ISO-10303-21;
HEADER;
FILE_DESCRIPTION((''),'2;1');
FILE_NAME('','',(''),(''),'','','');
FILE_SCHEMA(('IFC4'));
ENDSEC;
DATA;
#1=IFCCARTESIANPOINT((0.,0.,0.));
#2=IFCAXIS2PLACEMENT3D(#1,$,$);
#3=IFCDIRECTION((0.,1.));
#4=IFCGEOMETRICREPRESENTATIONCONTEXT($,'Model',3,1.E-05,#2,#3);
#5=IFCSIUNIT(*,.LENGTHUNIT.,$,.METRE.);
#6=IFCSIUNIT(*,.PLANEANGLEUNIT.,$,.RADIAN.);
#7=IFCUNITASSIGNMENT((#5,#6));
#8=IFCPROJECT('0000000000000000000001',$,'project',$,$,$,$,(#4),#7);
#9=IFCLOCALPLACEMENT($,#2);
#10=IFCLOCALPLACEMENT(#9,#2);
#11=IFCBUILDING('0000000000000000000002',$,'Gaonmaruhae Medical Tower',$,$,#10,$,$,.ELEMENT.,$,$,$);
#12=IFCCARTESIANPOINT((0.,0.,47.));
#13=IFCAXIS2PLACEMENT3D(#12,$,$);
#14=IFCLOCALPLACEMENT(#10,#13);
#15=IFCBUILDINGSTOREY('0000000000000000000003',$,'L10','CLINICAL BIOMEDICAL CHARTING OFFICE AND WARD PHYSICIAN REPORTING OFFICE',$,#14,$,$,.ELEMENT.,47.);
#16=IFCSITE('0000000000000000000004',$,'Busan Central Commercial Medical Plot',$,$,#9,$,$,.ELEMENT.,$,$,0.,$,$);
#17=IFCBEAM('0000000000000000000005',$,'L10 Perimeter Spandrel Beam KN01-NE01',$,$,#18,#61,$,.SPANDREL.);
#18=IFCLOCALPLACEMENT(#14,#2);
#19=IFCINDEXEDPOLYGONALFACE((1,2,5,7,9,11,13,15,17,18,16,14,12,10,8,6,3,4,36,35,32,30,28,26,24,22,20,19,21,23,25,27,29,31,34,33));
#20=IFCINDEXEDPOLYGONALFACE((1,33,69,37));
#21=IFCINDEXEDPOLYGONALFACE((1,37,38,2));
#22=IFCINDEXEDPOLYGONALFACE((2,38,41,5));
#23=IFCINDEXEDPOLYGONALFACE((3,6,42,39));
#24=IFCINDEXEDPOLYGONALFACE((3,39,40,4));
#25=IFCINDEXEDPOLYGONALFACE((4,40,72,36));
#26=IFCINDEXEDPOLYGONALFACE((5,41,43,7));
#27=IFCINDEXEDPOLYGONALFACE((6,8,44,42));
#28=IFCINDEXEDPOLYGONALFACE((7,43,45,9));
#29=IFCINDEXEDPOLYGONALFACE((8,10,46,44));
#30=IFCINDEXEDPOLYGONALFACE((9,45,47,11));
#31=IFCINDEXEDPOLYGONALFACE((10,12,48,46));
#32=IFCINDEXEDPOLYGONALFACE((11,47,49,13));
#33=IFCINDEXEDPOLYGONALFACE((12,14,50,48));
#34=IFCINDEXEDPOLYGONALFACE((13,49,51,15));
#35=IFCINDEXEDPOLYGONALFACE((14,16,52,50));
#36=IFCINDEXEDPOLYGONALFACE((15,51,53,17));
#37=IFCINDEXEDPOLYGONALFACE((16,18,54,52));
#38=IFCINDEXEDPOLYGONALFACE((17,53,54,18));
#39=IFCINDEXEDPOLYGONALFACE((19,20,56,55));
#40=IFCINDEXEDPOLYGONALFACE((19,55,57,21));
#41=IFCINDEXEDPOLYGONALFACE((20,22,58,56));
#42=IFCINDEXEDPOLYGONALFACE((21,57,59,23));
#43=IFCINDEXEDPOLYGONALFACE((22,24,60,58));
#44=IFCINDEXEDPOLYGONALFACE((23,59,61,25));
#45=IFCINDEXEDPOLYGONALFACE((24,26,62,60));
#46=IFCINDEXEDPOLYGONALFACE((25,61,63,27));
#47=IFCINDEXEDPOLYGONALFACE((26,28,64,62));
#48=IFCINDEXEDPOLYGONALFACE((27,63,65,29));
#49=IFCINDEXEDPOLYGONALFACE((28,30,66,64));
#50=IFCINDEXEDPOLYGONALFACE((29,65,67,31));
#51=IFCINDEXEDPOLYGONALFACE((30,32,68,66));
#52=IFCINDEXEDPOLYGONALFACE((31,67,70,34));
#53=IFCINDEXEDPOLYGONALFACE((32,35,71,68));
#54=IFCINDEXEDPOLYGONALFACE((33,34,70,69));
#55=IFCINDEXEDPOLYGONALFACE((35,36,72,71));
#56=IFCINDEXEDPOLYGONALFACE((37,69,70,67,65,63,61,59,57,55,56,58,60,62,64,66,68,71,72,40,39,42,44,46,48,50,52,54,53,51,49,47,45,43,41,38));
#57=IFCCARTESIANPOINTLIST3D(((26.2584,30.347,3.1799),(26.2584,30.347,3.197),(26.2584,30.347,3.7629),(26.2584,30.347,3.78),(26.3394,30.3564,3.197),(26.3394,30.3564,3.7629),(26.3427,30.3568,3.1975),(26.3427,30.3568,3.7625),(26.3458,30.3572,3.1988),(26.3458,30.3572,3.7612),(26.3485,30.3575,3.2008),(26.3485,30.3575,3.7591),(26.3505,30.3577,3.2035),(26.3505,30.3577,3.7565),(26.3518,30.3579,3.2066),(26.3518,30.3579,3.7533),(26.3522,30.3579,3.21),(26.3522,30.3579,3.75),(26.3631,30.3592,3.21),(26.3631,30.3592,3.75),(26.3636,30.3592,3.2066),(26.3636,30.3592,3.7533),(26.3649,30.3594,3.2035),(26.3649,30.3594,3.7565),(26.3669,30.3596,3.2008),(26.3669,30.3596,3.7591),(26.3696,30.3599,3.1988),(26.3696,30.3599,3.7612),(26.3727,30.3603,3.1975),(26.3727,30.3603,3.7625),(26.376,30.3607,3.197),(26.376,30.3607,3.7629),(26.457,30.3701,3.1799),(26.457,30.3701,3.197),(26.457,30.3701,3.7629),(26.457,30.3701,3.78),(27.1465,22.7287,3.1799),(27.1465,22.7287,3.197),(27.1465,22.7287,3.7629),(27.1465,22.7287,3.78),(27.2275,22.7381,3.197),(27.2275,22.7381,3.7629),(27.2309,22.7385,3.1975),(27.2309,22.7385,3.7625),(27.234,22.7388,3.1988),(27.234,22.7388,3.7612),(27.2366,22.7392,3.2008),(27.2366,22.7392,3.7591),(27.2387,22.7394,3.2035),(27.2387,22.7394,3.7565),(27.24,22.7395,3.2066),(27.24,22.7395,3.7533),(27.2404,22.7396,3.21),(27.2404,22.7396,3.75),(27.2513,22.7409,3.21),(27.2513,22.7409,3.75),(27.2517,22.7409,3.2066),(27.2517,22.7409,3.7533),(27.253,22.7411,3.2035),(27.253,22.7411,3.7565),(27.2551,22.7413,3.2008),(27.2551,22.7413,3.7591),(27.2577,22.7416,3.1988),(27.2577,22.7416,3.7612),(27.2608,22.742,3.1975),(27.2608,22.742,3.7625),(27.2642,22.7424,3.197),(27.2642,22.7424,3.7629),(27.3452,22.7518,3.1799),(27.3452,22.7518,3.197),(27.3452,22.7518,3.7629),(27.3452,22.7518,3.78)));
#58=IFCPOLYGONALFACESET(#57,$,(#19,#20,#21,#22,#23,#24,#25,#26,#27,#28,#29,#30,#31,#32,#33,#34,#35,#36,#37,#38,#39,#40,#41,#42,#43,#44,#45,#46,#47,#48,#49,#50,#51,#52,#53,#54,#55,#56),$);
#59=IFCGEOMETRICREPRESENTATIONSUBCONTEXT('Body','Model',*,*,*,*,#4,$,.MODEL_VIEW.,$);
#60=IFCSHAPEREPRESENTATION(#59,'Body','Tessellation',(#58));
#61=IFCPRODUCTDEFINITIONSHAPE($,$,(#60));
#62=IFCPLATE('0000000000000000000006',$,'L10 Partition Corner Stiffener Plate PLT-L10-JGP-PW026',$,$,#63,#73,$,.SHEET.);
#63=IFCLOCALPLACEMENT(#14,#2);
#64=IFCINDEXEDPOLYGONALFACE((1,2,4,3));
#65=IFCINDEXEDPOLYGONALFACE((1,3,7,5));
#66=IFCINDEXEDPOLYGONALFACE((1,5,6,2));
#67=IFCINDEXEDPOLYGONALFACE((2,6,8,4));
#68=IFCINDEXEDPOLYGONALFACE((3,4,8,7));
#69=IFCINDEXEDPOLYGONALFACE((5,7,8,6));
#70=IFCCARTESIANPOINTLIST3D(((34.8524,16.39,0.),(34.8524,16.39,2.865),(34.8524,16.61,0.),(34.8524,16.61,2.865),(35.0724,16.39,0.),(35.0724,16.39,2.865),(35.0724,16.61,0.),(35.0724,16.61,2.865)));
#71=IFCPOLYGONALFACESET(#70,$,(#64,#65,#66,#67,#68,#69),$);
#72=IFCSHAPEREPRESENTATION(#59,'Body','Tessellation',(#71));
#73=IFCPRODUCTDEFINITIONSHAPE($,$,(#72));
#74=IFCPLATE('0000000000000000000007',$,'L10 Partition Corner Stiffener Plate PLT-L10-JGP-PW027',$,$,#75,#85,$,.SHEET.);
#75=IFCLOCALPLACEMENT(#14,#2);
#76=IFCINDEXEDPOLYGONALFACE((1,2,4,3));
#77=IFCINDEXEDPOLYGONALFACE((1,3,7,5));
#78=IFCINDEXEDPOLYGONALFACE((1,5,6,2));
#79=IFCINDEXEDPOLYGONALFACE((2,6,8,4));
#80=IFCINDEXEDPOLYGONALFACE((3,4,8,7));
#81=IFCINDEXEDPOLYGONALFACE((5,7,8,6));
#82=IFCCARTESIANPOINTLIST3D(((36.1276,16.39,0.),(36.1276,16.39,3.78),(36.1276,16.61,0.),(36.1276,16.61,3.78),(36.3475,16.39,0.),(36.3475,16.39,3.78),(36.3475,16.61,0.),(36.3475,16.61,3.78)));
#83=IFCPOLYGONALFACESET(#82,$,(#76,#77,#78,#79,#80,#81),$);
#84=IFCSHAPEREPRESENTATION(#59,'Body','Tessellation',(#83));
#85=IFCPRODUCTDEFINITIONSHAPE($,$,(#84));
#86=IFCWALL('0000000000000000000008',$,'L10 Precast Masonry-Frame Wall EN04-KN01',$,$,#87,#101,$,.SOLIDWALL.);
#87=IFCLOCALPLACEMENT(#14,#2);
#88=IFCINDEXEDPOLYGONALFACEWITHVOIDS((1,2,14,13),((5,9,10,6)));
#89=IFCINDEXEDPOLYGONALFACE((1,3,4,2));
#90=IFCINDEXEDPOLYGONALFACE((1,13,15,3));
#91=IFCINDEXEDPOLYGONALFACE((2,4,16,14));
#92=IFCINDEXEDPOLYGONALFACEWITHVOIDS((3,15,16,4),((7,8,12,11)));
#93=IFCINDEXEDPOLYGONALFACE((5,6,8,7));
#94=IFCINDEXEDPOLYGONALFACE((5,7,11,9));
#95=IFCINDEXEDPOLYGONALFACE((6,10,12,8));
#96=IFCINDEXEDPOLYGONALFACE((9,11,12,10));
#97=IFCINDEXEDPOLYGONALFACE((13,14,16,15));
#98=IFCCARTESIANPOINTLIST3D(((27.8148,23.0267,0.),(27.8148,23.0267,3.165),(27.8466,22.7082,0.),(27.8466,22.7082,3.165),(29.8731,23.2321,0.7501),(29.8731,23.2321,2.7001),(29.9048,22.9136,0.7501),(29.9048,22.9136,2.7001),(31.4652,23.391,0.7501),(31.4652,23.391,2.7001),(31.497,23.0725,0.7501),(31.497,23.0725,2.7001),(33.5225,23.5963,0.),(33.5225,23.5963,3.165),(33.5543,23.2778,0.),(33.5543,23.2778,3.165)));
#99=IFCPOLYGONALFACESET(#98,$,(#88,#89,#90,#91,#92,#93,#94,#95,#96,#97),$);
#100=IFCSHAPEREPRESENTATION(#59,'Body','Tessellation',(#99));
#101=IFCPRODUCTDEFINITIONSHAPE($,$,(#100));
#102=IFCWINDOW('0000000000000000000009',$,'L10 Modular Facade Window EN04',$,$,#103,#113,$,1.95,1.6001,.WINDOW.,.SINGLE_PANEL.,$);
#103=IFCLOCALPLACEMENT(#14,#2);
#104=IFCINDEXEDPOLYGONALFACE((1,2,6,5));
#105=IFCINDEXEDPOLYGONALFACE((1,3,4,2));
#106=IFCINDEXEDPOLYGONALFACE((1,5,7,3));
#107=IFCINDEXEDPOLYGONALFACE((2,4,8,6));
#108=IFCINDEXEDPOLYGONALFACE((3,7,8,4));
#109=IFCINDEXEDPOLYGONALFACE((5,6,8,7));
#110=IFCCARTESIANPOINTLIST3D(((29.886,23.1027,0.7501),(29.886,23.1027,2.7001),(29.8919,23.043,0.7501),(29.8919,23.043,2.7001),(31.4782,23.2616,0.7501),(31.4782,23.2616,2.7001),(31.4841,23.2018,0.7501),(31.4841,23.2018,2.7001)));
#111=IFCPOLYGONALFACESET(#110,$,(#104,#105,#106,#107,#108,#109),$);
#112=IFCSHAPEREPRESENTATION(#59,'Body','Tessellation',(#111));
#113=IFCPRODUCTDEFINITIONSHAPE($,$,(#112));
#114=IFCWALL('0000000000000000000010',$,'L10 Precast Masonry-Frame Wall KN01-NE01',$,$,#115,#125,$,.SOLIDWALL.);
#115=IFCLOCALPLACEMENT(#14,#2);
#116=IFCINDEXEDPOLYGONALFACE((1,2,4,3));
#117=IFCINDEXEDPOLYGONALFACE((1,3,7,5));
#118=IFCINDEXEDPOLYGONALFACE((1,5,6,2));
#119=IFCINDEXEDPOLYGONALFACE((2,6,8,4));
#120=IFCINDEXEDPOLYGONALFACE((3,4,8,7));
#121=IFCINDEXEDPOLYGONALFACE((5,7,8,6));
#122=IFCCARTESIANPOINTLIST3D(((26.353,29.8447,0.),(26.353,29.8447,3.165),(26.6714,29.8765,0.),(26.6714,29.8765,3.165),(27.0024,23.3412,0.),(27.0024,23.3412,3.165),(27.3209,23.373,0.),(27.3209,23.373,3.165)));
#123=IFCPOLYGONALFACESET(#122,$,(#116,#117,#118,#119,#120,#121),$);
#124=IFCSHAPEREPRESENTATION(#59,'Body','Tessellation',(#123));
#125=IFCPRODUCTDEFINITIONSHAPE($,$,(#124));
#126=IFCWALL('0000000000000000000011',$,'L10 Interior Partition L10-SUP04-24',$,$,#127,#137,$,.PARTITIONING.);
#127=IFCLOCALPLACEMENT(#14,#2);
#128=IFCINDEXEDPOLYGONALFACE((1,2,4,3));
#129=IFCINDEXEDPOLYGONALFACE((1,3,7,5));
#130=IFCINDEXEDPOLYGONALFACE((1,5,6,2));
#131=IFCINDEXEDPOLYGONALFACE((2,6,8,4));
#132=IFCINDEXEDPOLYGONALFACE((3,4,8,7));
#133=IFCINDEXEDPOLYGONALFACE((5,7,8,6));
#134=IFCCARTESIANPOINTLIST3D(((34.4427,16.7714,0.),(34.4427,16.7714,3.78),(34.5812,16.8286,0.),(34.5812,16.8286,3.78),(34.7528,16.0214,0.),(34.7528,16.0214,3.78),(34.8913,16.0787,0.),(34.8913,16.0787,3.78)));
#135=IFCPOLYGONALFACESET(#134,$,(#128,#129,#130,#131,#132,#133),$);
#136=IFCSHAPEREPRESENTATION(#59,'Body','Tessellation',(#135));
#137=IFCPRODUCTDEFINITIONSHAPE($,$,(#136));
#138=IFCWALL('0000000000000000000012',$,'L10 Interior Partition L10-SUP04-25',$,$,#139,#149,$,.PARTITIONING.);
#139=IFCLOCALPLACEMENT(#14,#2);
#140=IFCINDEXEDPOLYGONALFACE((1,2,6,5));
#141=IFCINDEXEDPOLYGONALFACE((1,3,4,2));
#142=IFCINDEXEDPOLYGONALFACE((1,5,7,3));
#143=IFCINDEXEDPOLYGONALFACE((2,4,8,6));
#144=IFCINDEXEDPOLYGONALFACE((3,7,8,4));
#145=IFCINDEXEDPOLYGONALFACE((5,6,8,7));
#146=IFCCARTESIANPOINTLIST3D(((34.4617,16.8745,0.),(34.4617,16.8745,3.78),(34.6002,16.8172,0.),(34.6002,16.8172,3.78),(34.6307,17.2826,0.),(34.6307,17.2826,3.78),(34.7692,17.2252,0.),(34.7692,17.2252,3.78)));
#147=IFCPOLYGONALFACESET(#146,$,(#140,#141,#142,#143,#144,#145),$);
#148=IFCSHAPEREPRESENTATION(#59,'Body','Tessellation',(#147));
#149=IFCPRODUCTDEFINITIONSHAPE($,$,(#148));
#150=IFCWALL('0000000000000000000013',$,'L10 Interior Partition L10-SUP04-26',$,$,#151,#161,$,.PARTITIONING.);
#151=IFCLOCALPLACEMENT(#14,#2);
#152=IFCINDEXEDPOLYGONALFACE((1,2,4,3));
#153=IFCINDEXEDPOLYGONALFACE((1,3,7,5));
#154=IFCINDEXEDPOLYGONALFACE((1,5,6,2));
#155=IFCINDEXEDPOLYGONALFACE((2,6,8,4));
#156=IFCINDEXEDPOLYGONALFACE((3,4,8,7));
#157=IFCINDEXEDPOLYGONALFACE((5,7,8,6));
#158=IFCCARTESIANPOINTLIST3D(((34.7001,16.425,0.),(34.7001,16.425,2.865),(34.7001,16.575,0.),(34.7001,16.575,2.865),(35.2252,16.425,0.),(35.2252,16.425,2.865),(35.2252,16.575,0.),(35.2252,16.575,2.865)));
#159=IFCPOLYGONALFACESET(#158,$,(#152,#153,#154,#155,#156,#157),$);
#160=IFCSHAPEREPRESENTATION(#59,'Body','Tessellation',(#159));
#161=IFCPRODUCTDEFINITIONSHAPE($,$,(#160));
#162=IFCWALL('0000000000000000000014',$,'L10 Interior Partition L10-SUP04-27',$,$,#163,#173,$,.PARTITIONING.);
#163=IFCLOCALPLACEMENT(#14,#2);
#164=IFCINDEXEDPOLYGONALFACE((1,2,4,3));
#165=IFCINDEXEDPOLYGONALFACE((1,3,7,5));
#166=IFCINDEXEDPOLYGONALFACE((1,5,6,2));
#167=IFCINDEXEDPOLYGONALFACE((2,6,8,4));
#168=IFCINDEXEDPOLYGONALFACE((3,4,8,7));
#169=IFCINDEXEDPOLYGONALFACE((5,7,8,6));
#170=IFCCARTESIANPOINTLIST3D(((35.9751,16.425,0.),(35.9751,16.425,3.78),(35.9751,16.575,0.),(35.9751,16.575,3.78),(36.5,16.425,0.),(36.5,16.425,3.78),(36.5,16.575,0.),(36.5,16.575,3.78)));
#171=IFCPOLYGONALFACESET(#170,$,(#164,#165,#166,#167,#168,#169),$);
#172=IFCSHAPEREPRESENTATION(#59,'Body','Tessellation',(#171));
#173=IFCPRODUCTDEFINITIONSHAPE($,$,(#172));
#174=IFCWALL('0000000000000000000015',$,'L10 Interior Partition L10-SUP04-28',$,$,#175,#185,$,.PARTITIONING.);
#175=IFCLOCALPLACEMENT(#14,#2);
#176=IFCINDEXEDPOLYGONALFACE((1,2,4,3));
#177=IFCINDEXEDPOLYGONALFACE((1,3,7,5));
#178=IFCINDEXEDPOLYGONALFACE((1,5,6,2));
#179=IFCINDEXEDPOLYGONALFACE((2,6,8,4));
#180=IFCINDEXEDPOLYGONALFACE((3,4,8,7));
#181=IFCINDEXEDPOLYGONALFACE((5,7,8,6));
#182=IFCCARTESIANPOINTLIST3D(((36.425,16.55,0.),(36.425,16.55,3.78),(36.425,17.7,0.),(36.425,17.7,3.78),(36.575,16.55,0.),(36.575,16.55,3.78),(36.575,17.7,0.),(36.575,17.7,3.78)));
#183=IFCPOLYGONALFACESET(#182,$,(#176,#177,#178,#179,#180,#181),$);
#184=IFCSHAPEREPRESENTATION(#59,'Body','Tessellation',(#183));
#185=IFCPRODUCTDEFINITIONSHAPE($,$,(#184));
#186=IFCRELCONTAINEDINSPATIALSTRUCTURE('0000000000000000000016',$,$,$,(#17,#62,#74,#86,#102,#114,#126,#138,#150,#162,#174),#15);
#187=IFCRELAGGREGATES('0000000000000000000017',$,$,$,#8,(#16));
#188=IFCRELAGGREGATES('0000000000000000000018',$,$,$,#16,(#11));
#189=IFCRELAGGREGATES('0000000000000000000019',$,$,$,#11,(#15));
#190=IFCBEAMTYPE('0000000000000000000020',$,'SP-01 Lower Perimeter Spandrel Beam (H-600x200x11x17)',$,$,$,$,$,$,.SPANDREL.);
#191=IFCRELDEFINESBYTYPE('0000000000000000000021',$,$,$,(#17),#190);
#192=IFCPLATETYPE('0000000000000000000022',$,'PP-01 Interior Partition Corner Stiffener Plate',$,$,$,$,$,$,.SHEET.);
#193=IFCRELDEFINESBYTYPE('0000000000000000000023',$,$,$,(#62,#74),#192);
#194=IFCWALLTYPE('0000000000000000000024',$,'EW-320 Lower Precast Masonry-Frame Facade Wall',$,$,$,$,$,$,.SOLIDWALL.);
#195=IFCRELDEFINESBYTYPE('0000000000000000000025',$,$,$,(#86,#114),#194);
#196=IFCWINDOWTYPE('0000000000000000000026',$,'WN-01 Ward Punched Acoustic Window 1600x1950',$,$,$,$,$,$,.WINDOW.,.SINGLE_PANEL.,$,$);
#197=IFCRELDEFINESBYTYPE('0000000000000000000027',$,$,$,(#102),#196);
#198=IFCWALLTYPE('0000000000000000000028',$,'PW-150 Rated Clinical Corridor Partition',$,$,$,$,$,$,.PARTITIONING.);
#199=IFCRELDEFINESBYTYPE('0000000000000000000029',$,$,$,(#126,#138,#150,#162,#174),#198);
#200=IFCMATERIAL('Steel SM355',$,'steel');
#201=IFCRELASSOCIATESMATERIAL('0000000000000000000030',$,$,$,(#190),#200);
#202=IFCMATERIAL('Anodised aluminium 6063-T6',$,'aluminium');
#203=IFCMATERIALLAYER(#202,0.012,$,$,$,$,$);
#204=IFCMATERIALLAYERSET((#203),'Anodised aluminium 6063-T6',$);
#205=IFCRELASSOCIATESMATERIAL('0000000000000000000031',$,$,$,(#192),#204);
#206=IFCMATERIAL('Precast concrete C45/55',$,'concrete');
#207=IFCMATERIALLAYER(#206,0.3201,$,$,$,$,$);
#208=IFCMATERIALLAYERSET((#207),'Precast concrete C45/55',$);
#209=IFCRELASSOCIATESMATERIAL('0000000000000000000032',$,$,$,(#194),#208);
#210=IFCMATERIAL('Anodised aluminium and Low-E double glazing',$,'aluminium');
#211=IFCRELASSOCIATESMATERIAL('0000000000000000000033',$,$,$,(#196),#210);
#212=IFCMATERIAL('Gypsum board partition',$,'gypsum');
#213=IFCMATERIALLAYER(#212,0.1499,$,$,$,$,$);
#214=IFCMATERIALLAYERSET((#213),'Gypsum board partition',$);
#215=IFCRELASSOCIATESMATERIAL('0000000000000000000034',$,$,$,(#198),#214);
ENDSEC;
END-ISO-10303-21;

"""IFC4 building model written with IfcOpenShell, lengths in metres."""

from ifc_helpers import new_model, si_unit, direction, frame, frame_2d, origin, origin_2d, place, context, subcontext, project, spatial, rectangle, i_section, extrude, material, layer, layer_set, material_profile, profile_set, type_object, element, fill, save


model = new_model("IFC4")

# Units and contexts
model_context = context("Model", 3, precision=1e-05, world=origin(), true_north=direction((0.0, 1.0)))
body_context = subcontext(model_context, "Body", "Model", "MODEL_VIEW")
ifc_project = project(units=[si_unit("LENGTHUNIT", "METRE"), si_unit("PLANEANGLEUNIT", "RADIAN")], contexts=[model_context])

# Site, building, storey
site_placement = place(None, origin())
site = spatial("IfcSite", under=ifc_project, at=site_placement, Name="Busan Central Commercial Medical Plot", CompositionType="ELEMENT", RefElevation=0.0)
building_placement = place(site_placement, origin())
building = spatial("IfcBuilding", under=site, at=building_placement, Name="Gaonmaruhae Medical Tower", CompositionType="ELEMENT")
storey_placement = place(building_placement, frame((0.0, 0.0, 47.0)))
storey = spatial("IfcBuildingStorey", under=building, at=storey_placement, Name="L10", Description="CLINICAL BIOMEDICAL CHARTING OFFICE AND WARD PHYSICIAN REPORTING OFFICE", CompositionType="ELEMENT", Elevation=47.0)

# Beam
ifc_material_1 = material(Name="Steel SM355", Category="steel")
ifc_material_profile_1 = material_profile(ifc_material_1, i_section(OverallWidth=0.2, OverallDepth=0.6001, WebThickness=0.011, FlangeThickness=0.0171, FilletRadius=0.0129, at=origin_2d()), Name="H-600x200x11x17")
ifc_profile_set_1 = profile_set([ifc_material_profile_1], Name="Steel SM355")
beam_type_1 = type_object("IfcBeamType", Name="SP-01 Lower Perimeter Spandrel Beam (H-600x200x11x17)", PredefinedType="SPANDREL", material=ifc_profile_set_1)
beam_1_placement = place(storey_placement, frame((27.2458, 22.7402, 3.48), z_axis=(-0.1158, 0.993273, 0.0), x_axis=(-0.993273, -0.1158, 0.0)))
element("IfcBeam", 1, at=beam_1_placement, inside=storey, type_object=beam_type_1, Name="L10 Perimeter Spandrel Beam KN01-NE01", PredefinedType="SPANDREL", context=body_context, shape_type="SweptSolid", body=[
    extrude(i_section(OverallWidth=0.2, OverallDepth=0.6001, WebThickness=0.011, FlangeThickness=0.0171, FilletRadius=0.0129, at=origin_2d()), origin(), (0.0, 0.0, 1.0), 7.6699),
])

# Plates
ifc_material_2 = material(Name="Anodised aluminium 6063-T6", Category="aluminium")
ifc_layer_1 = layer(ifc_material_2, 0.012)
ifc_layer_set_1 = layer_set([ifc_layer_1], Name="Anodised aluminium 6063-T6")
plate_type = type_object("IfcPlateType", Name="PP-01 Interior Partition Corner Stiffener Plate", PredefinedType="SHEET", material=ifc_layer_set_1)
plate_1_placement = place(storey_placement, frame((34.9624, 16.5, 0.0), z_axis=(0.0, 0.0, 1.0), x_axis=(1.0, 0.0, 0.0)))
element("IfcPlate", 2, at=plate_1_placement, inside=storey, type_object=plate_type, Name="L10 Partition Corner Stiffener Plate PLT-L10-JGP-PW026", PredefinedType="SHEET", context=body_context, shape_type="SweptSolid", body=[
    extrude(rectangle(XDim=0.22, YDim=0.22, at=origin_2d()), origin(), (0.0, 0.0, 1.0), 2.865),
])
plate_2_placement = place(storey_placement, frame((36.2375, 16.5, 0.0), z_axis=(0.0, 0.0, 1.0), x_axis=(1.0, 0.0, 0.0)))
element("IfcPlate", 3, at=plate_2_placement, inside=storey, type_object=plate_type, Name="L10 Partition Corner Stiffener Plate PLT-L10-JGP-PW027", PredefinedType="SHEET", context=body_context, shape_type="SweptSolid", body=[
    extrude(rectangle(XDim=0.22, YDim=0.22, at=origin_2d()), origin(), (0.0, 0.0, 1.0), 3.78),
])

# Wall, opening, window
ifc_material_3 = material(Name="Precast concrete C45/55", Category="concrete")
ifc_layer_2 = layer(ifc_material_3, 0.3201)
ifc_layer_set_2 = layer_set([ifc_layer_2], Name="Precast concrete C45/55")
wall_type_1 = type_object("IfcWallType", Name="EW-320 Lower Precast Masonry-Frame Facade Wall", PredefinedType="SOLIDWALL", material=ifc_layer_set_2)
wall_1_placement = place(storey_placement, frame((27.8306, 22.8674, 0.0), z_axis=(0.0, 0.0, 1.0), x_axis=(0.995058, 0.099297, 0.0)))
wall_1 = element("IfcWall", 4, at=wall_1_placement, inside=storey, type_object=wall_type_1, Name="L10 Precast Masonry-Frame Wall EN04-KN01", PredefinedType="SOLIDWALL", context=body_context, shape_type="SweptSolid", body=[
    extrude(rectangle(XDim=5.7361, YDim=0.3201, at=frame_2d((2.8682, 0.0))), origin(), (0.0, 0.0, 1.0), 3.165),
])
opening_1_placement = place(wall_1_placement, frame((2.0686, 0.0, 0.75)))
opening_1 = element("IfcOpeningElement", 5, at=opening_1_placement, cuts=wall_1, PredefinedType="OPENING", context=body_context, shape_type="SweptSolid", body=[
    extrude(rectangle(XDim=1.6001, YDim=1.95, at=frame_2d((0.8, 0.9751))), frame((0.0, 0.1699, 0.0), z_axis=(0.0, -1.0, 0.0), x_axis=(1.0, 0.0, 0.0)), (0.0, 0.0, 1.0), 0.3401),
])
ifc_material_4 = material(Name="Anodised aluminium and Low-E double glazing", Category="aluminium")
window_type = type_object("IfcWindowType", Name="WN-01 Ward Punched Acoustic Window 1600x1950", PartitioningType="SINGLE_PANEL", PredefinedType="WINDOW", material=ifc_material_4)
window_placement = place(opening_1_placement, origin())
window = element("IfcWindow", 6, at=window_placement, inside=storey, type_object=window_type, Name="L10 Modular Facade Window EN04", OverallHeight=1.95, OverallWidth=1.6001, PartitioningType="SINGLE_PANEL", PredefinedType="WINDOW", context=body_context, shape_type="SweptSolid", body=[
    extrude(rectangle(XDim=1.6001, YDim=1.95, at=frame_2d((0.8, 0.9751))), frame((0.0, 0.03, 0.0), z_axis=(0.0, -1.0, 0.0), x_axis=(1.0, 0.0, 0.0)), (0.0, 0.0, 1.0), 0.0601),
])
fill(opening_1, window)

# Walls
wall_2_placement = place(storey_placement, frame((27.1616, 23.3569, 0.0), z_axis=(0.0, 0.0, 1.0), x_axis=(-0.099359, 0.995052, 0.0)))
element("IfcWall", 7, at=wall_2_placement, inside=storey, type_object=wall_type_1, Name="L10 Precast Masonry-Frame Wall KN01-NE01", PredefinedType="SOLIDWALL", context=body_context, shape_type="SweptSolid", body=[
    extrude(rectangle(XDim=6.5359, YDim=0.3201, at=frame_2d((3.2681, 0.0))), origin(), (0.0, 0.0, 1.0), 3.165),
])
ifc_material_5 = material(Name="Gypsum board partition", Category="gypsum")
ifc_layer_3 = layer(ifc_material_5, 0.1499)
ifc_layer_set_3 = layer_set([ifc_layer_3], Name="Gypsum board partition")
wall_type_2 = type_object("IfcWallType", Name="PW-150 Rated Clinical Corridor Partition", PredefinedType="PARTITIONING", material=ifc_layer_set_3)
wall_3_placement = place(storey_placement, frame((34.822, 16.05, 0.0), z_axis=(0.0, 0.0, 1.0), x_axis=(-0.382051, 0.924141, 0.0)))
element("IfcWall", 8, at=wall_3_placement, inside=storey, type_object=wall_type_2, Name="L10 Interior Partition L10-SUP04-24", PredefinedType="PARTITIONING", context=body_context, shape_type="SweptSolid", body=[
    extrude(rectangle(XDim=0.8115, YDim=0.1499, at=frame_2d((0.4058, 0.0))), origin(), (0.0, 0.0, 1.0), 3.78),
])
wall_4_placement = place(storey_placement, frame((34.531, 16.8459, 0.0), z_axis=(0.0, 0.0, 1.0), x_axis=(0.382612, 0.923909, 0.0)))
element("IfcWall", 9, at=wall_4_placement, inside=storey, type_object=wall_type_2, Name="L10 Interior Partition L10-SUP04-25", PredefinedType="PARTITIONING", context=body_context, shape_type="SweptSolid", body=[
    extrude(rectangle(XDim=0.4417, YDim=0.1499, at=frame_2d((0.2207, 0.0))), origin(), (0.0, 0.0, 1.0), 3.78),
])
wall_5_placement = place(storey_placement, frame((34.7, 16.5, 0.0), z_axis=(0.0, 0.0, 1.0), x_axis=(1.0, 0.0, 0.0)))
element("IfcWall", 10, at=wall_5_placement, inside=storey, type_object=wall_type_2, Name="L10 Interior Partition L10-SUP04-26", PredefinedType="PARTITIONING", context=body_context, shape_type="SweptSolid", body=[
    extrude(rectangle(XDim=0.5251, YDim=0.1499, at=frame_2d((0.2627, 0.0))), origin(), (0.0, 0.0, 1.0), 2.865),
])
wall_6_placement = place(storey_placement, frame((35.9751, 16.5, 0.0), z_axis=(0.0, 0.0, 1.0), x_axis=(1.0, 0.0, 0.0)))
element("IfcWall", 11, at=wall_6_placement, inside=storey, type_object=wall_type_2, Name="L10 Interior Partition L10-SUP04-27", PredefinedType="PARTITIONING", context=body_context, shape_type="SweptSolid", body=[
    extrude(rectangle(XDim=0.5249, YDim=0.1499, at=frame_2d((0.2625, 0.0))), origin(), (0.0, 0.0, 1.0), 3.78),
])
wall_7_placement = place(storey_placement, frame((36.5, 16.55, 0.0), z_axis=(0.0, 0.0, 1.0), x_axis=(0.0, 1.0, 0.0)))
element("IfcWall", 12, at=wall_7_placement, inside=storey, type_object=wall_type_2, Name="L10 Interior Partition L10-SUP04-28", PredefinedType="PARTITIONING", context=body_context, shape_type="SweptSolid", body=[
    extrude(rectangle(XDim=1.1499, YDim=0.1499, at=frame_2d((0.575, 0.0))), origin(), (0.0, 0.0, 1.0), 3.78),
])

save(model, "model.ifc")
